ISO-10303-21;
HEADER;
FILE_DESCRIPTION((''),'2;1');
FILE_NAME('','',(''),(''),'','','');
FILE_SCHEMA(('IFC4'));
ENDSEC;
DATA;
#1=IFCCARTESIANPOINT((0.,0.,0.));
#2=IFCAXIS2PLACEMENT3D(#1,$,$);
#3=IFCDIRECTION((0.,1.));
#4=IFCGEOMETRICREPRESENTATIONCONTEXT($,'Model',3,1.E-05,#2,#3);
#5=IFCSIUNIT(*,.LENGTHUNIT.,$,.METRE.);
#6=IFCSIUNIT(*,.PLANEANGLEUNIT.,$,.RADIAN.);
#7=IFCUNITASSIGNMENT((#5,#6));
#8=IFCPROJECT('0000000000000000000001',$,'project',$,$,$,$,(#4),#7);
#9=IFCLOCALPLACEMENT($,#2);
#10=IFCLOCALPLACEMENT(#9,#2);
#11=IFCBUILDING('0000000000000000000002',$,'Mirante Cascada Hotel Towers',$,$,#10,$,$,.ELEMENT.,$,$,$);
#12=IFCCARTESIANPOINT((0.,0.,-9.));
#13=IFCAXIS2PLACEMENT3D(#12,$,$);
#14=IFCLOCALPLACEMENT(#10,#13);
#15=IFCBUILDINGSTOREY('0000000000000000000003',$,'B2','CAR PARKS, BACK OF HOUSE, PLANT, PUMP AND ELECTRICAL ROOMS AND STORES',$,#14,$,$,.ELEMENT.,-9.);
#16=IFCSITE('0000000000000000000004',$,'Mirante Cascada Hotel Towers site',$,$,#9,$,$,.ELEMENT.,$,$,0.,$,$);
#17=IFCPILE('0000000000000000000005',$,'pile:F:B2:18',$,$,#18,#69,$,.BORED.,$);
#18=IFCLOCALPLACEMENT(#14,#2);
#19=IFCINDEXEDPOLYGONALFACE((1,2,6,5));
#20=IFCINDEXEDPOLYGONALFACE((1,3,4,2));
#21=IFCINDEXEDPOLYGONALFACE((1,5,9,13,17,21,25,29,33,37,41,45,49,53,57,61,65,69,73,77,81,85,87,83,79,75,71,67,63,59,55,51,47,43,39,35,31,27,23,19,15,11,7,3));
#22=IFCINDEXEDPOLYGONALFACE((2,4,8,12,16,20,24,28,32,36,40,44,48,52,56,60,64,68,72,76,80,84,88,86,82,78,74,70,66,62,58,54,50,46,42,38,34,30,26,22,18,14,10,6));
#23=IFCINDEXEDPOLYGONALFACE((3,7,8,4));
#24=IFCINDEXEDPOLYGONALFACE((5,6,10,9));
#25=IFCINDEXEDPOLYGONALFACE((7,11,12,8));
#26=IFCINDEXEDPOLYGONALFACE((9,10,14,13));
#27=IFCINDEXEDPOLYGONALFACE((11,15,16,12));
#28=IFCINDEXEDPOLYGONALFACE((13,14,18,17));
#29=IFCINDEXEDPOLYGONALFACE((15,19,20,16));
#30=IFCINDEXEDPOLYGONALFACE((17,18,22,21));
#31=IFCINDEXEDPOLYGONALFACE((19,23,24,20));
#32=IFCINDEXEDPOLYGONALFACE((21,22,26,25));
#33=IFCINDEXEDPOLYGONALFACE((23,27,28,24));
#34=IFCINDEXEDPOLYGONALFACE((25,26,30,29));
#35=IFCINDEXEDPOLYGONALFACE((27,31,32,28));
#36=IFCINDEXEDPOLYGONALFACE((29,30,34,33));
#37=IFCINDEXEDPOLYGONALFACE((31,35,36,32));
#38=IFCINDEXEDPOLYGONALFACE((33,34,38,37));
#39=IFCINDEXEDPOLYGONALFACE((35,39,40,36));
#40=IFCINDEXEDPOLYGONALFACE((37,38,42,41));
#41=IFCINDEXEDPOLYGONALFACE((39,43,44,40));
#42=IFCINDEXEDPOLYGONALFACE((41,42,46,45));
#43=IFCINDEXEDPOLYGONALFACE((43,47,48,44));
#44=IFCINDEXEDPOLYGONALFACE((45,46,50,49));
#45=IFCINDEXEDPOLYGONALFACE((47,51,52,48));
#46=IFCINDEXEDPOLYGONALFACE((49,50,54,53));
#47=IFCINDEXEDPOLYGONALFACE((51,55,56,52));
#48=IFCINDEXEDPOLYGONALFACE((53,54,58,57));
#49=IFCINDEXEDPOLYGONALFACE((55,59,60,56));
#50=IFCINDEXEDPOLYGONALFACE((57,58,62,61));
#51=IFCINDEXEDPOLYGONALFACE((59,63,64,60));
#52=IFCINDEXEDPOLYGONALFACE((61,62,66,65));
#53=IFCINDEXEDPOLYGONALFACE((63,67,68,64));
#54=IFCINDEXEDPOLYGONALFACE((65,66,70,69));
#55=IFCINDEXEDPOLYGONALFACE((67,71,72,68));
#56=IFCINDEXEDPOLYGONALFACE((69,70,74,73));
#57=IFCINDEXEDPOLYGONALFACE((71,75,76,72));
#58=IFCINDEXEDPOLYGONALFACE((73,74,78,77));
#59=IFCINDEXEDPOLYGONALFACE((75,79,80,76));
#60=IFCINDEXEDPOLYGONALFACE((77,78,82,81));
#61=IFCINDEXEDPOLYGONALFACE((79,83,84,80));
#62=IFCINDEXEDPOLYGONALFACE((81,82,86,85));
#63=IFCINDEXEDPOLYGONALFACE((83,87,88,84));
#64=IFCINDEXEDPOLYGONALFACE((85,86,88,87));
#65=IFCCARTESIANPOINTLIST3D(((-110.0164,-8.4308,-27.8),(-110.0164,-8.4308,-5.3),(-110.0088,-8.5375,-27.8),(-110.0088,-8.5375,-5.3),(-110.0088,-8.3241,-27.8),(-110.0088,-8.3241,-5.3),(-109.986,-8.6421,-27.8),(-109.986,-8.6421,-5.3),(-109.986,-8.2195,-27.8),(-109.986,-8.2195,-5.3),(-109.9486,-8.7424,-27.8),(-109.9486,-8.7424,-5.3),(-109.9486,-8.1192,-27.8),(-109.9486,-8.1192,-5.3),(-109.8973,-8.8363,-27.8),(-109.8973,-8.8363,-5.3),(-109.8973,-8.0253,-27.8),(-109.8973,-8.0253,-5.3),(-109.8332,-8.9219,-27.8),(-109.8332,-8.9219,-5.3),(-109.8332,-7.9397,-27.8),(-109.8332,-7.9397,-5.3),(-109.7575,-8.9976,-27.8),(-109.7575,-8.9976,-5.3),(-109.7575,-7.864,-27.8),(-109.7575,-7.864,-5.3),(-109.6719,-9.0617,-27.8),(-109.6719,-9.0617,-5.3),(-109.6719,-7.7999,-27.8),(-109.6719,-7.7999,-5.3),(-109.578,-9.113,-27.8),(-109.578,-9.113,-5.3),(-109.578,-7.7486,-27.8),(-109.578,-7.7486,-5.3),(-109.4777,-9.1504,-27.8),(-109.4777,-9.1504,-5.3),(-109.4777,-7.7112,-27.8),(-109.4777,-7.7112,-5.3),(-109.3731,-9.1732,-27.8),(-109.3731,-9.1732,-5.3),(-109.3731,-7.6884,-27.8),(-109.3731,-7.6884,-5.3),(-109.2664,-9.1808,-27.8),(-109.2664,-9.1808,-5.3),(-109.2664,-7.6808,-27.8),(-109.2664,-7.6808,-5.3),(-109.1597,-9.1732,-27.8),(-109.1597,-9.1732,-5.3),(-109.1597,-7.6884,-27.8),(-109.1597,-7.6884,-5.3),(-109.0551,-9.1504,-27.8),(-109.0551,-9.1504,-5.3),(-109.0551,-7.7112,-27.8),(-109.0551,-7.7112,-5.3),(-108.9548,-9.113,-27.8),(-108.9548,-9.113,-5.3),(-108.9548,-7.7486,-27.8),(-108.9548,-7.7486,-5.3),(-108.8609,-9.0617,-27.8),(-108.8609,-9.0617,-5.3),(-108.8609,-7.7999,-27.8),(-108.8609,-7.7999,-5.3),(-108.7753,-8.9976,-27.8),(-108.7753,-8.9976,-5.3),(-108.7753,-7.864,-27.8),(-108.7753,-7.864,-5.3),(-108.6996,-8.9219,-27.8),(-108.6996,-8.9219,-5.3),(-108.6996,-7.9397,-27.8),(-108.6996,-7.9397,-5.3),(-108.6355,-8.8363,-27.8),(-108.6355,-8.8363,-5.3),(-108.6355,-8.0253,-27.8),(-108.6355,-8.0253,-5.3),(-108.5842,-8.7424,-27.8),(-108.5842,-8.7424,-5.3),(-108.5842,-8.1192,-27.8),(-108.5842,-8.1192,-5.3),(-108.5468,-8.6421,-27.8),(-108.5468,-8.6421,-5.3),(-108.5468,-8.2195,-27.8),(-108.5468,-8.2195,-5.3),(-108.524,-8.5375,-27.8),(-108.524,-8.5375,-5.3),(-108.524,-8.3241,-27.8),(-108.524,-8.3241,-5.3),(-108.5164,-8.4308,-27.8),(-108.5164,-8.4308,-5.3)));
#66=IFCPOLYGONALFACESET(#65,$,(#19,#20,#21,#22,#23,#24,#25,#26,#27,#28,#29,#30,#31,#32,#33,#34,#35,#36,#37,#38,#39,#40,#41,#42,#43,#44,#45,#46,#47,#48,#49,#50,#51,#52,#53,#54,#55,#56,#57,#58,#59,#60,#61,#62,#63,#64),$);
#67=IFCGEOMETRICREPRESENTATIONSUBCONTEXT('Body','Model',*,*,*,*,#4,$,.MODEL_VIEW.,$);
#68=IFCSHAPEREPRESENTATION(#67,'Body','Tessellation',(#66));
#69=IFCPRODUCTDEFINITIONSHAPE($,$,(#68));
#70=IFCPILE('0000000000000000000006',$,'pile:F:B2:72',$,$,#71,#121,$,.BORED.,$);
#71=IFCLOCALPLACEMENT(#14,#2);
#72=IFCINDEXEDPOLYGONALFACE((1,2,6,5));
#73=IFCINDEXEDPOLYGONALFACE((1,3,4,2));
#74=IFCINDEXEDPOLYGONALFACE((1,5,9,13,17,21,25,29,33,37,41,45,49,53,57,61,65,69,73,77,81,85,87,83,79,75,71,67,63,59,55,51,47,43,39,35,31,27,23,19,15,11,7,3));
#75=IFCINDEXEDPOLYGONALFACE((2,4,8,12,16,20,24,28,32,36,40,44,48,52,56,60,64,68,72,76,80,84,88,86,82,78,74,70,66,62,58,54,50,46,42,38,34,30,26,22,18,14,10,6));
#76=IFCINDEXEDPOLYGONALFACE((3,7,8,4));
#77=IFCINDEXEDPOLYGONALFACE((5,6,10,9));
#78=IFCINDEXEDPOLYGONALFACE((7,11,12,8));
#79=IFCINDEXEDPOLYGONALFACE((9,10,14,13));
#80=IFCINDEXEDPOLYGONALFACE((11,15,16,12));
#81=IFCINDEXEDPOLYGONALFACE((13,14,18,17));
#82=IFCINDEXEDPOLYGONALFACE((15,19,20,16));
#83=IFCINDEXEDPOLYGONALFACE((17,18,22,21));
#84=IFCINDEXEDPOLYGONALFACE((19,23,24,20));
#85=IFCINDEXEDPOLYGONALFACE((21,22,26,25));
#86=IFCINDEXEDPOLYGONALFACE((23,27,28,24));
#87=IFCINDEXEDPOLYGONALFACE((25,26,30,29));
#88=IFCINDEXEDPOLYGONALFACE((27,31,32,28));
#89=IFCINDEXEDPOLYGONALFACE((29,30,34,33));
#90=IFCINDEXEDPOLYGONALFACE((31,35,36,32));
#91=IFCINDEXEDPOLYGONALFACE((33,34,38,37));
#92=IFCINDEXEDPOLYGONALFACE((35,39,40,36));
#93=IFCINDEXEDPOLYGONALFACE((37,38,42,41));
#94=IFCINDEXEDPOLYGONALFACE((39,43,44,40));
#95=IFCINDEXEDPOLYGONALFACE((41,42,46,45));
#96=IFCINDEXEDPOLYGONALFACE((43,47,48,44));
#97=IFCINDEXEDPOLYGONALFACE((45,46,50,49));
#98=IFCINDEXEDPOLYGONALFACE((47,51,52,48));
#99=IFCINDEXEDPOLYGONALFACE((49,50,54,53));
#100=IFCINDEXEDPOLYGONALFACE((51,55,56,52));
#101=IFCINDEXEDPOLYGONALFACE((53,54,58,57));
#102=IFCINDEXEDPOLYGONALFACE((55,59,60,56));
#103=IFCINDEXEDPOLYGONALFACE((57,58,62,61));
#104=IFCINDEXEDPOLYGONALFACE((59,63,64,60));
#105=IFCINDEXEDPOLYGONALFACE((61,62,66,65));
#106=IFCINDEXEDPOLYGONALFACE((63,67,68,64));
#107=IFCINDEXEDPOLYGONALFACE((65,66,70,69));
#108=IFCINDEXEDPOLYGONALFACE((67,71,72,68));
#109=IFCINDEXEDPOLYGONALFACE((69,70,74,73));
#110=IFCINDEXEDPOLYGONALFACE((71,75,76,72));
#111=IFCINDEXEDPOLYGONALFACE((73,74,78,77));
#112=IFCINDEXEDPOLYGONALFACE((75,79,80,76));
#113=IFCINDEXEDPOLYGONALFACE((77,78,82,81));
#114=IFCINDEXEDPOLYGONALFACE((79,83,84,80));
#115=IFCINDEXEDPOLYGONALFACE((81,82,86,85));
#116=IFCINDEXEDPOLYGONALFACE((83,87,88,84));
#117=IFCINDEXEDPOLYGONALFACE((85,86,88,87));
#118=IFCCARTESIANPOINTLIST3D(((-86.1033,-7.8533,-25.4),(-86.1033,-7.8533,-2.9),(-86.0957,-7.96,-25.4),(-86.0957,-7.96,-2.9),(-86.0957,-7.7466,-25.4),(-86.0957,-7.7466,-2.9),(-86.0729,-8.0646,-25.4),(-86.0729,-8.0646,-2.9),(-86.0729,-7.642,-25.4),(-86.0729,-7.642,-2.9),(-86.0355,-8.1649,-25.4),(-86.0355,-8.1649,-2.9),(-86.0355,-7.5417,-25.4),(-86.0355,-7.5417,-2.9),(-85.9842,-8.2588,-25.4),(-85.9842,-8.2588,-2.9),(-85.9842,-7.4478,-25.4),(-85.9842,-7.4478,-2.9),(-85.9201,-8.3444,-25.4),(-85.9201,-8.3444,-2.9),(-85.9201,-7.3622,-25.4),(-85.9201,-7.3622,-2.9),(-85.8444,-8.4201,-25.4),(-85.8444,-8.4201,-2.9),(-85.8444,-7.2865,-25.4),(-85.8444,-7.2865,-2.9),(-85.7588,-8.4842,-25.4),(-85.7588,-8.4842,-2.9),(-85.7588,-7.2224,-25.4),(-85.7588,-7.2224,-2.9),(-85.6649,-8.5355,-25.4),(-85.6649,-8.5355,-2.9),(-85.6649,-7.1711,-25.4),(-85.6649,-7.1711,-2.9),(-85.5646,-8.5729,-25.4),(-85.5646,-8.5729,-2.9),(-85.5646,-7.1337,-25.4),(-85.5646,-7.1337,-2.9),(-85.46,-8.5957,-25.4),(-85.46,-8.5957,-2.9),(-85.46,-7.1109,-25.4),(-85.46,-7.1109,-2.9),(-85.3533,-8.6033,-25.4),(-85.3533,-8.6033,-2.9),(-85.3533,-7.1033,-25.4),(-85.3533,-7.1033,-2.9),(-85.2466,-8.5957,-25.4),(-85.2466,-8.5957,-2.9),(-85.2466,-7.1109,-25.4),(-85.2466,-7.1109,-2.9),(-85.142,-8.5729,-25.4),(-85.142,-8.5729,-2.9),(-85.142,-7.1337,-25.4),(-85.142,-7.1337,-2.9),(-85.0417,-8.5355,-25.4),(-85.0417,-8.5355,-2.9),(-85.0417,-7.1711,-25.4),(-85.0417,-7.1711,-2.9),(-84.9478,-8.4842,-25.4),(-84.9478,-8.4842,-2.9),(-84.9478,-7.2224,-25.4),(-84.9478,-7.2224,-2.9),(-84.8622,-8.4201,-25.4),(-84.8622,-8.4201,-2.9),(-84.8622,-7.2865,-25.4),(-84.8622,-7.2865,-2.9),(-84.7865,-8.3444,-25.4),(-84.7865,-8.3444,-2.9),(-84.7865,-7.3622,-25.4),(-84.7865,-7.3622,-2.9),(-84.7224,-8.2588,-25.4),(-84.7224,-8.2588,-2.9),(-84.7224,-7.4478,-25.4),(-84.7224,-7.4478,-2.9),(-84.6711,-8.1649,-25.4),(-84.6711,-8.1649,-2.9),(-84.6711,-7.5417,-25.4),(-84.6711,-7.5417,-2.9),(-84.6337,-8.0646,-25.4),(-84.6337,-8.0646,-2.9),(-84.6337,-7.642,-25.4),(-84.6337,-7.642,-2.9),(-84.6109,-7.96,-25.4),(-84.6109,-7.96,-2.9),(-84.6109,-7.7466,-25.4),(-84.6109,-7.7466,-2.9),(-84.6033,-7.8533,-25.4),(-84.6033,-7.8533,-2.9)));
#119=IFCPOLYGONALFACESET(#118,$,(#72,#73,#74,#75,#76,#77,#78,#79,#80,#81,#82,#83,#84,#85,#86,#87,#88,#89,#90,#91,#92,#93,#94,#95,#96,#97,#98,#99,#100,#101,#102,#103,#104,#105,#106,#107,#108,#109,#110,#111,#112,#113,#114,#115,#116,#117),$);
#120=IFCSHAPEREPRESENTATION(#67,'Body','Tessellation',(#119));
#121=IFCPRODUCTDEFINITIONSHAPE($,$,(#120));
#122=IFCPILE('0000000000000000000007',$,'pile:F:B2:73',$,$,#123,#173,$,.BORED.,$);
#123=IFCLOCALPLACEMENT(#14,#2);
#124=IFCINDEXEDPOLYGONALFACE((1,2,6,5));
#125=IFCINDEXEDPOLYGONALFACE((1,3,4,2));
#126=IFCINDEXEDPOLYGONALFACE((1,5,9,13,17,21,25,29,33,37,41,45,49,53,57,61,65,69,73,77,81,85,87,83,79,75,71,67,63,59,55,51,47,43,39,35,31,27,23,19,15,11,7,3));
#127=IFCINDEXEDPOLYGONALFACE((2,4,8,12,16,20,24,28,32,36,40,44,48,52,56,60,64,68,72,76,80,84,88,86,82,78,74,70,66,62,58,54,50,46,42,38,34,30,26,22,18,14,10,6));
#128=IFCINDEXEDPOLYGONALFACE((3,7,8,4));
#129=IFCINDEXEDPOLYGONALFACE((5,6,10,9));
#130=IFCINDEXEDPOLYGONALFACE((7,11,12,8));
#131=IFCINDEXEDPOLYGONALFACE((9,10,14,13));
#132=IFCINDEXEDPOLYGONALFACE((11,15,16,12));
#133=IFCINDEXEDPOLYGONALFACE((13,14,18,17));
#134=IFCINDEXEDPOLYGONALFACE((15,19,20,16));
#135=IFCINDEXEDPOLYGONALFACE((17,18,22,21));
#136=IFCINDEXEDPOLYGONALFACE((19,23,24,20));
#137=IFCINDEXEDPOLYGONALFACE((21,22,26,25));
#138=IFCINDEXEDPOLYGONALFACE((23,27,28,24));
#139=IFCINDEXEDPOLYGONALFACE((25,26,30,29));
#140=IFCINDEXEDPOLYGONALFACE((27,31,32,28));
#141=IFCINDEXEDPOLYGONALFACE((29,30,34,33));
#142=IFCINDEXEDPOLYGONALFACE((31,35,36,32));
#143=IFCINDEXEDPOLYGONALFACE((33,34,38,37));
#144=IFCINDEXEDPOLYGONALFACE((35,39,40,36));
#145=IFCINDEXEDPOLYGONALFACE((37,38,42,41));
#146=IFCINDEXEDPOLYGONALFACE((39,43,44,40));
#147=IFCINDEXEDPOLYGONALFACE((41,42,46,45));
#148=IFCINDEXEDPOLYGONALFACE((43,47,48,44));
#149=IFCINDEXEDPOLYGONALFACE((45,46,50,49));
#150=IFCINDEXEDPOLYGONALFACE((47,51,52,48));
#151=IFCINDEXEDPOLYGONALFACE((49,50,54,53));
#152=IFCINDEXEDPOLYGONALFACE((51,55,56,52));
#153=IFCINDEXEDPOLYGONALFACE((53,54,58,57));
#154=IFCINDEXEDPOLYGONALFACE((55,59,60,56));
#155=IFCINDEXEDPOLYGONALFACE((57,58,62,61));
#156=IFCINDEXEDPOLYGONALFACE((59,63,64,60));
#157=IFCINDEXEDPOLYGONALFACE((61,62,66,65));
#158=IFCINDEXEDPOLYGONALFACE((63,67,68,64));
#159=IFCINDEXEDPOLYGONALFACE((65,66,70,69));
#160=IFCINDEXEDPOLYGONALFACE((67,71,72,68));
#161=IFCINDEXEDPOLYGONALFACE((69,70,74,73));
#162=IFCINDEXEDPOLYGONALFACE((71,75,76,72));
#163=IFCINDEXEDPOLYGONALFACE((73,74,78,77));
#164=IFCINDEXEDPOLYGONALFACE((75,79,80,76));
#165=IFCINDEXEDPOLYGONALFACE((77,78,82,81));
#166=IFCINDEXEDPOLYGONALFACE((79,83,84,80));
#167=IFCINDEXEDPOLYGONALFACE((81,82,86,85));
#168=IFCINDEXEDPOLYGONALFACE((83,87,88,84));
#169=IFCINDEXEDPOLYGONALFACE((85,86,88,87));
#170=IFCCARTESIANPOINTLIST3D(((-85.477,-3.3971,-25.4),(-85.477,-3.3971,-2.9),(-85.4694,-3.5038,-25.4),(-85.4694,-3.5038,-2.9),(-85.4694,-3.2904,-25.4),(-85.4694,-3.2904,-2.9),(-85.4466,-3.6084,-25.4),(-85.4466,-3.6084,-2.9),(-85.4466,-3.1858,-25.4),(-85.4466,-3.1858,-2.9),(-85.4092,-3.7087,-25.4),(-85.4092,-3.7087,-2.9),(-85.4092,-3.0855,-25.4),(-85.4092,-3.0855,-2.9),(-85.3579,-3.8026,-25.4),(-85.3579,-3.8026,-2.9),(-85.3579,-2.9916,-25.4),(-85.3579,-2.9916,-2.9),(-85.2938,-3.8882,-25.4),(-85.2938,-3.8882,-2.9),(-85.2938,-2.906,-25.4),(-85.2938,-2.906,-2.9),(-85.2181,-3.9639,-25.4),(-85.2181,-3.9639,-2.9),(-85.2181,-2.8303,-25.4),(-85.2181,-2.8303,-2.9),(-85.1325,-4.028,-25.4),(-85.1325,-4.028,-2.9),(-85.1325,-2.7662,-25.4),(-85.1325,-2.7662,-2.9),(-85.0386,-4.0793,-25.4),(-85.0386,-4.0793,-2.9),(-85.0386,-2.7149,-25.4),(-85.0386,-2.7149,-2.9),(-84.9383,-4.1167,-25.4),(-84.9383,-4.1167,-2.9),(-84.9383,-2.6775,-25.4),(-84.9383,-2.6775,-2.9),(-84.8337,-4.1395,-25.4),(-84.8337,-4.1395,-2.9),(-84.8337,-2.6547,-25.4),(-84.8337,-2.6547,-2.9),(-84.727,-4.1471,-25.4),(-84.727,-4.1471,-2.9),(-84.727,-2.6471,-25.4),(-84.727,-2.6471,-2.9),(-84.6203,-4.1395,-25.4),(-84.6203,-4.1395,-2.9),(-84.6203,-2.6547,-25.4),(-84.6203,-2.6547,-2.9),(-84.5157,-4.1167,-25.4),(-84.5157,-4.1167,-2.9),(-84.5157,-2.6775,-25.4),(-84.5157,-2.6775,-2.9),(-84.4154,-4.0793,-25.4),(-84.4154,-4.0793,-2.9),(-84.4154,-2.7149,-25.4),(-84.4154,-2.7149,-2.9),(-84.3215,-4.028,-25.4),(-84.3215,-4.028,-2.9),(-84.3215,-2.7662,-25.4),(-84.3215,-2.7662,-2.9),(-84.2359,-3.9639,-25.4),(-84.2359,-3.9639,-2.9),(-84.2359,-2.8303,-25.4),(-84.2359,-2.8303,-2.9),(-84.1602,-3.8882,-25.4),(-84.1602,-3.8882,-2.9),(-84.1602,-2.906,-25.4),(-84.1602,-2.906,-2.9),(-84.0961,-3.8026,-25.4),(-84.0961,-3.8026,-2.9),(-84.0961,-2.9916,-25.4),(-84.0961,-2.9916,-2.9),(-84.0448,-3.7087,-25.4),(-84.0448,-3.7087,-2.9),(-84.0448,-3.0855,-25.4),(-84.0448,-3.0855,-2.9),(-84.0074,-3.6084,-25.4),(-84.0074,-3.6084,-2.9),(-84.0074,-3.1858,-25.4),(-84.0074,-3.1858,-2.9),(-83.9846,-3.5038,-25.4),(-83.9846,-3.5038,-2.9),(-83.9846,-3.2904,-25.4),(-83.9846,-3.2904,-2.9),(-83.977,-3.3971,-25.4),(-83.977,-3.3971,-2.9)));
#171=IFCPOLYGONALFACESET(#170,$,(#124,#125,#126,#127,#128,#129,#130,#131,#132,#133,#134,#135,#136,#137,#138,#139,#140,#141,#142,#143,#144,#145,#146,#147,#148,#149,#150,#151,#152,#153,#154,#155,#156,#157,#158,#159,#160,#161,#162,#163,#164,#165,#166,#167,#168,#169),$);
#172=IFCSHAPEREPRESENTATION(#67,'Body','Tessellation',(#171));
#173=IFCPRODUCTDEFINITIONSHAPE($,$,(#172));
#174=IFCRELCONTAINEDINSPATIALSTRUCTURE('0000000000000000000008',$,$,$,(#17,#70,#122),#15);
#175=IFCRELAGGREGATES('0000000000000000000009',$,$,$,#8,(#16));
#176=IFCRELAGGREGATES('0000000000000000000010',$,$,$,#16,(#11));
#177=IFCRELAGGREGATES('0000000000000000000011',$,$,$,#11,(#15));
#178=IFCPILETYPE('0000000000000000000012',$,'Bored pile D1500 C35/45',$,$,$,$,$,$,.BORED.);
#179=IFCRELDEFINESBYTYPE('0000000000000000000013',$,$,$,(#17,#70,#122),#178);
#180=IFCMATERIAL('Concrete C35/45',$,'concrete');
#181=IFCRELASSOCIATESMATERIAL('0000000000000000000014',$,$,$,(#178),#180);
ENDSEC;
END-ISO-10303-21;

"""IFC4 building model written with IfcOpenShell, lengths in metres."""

from ifc_helpers import new_model, si_unit, direction, frame, origin, origin_2d, place, context, subcontext, project, spatial, circle, extrude, material, material_profile, profile_set, type_object, element, save


model = new_model("IFC4")

# Units and contexts
model_context = context("Model", 3, precision=1e-05, world=origin(), true_north=direction((0.0, 1.0)))
body_context = subcontext(model_context, "Body", "Model", "MODEL_VIEW")
ifc_project = project(units=[si_unit("LENGTHUNIT", "METRE"), si_unit("PLANEANGLEUNIT", "RADIAN")], contexts=[model_context])

# Site, building, storey
site_placement = place(None, origin())
site = spatial("IfcSite", under=ifc_project, at=site_placement, Name="Mirante Cascada Hotel Towers site", CompositionType="ELEMENT", RefElevation=0.0)
building_placement = place(site_placement, origin())
building = spatial("IfcBuilding", under=site, at=building_placement, Name="Mirante Cascada Hotel Towers", CompositionType="ELEMENT")
storey_placement = place(building_placement, frame((0.0, 0.0, -9.0)))
storey = spatial("IfcBuildingStorey", under=building, at=storey_placement, Name="B2", Description="CAR PARKS, BACK OF HOUSE, PLANT, PUMP AND ELECTRICAL ROOMS AND STORES", CompositionType="ELEMENT", Elevation=-9.0)

# Piles
ifc_material_1 = material(Name="Concrete C35/45", Category="concrete")
ifc_material_profile_1 = material_profile(ifc_material_1, circle(Radius=0.75, at=origin_2d()), Name="RC D1500")
ifc_profile_set_1 = profile_set([ifc_material_profile_1], Name="Concrete C35/45")
pile_type = type_object("IfcPileType", Name="Bored pile D1500 C35/45", PredefinedType="BORED", material=ifc_profile_set_1)
for number, where, z_axis, x_axis, name in (
    (1, (-109.2664, -8.4308, -5.3), (0.0, 0.0, -1.0), (1.0, 0.0, 0.0), "pile:F:B2:18"),
    (2, (-85.3533, -7.8533, -2.9), (0.0, 0.0, -1.0), (1.0, 0.0, 0.0), "pile:F:B2:72"),
    (3, (-84.727, -3.3971, -2.9), (0.0, 0.0, -1.0), (1.0, 0.0, 0.0), "pile:F:B2:73"),
):
    element("IfcPile", number, at=place(storey_placement, frame(where, z_axis=z_axis, x_axis=x_axis)), inside=storey, type_object=pile_type, Name=name, PredefinedType="BORED", context=body_context, shape_type="SweptSolid", body=[
        extrude(circle(Radius=0.75, at=origin_2d()), origin(), (0.0, 0.0, 1.0), 22.5),
    ])

save(model, "model.ifc")
